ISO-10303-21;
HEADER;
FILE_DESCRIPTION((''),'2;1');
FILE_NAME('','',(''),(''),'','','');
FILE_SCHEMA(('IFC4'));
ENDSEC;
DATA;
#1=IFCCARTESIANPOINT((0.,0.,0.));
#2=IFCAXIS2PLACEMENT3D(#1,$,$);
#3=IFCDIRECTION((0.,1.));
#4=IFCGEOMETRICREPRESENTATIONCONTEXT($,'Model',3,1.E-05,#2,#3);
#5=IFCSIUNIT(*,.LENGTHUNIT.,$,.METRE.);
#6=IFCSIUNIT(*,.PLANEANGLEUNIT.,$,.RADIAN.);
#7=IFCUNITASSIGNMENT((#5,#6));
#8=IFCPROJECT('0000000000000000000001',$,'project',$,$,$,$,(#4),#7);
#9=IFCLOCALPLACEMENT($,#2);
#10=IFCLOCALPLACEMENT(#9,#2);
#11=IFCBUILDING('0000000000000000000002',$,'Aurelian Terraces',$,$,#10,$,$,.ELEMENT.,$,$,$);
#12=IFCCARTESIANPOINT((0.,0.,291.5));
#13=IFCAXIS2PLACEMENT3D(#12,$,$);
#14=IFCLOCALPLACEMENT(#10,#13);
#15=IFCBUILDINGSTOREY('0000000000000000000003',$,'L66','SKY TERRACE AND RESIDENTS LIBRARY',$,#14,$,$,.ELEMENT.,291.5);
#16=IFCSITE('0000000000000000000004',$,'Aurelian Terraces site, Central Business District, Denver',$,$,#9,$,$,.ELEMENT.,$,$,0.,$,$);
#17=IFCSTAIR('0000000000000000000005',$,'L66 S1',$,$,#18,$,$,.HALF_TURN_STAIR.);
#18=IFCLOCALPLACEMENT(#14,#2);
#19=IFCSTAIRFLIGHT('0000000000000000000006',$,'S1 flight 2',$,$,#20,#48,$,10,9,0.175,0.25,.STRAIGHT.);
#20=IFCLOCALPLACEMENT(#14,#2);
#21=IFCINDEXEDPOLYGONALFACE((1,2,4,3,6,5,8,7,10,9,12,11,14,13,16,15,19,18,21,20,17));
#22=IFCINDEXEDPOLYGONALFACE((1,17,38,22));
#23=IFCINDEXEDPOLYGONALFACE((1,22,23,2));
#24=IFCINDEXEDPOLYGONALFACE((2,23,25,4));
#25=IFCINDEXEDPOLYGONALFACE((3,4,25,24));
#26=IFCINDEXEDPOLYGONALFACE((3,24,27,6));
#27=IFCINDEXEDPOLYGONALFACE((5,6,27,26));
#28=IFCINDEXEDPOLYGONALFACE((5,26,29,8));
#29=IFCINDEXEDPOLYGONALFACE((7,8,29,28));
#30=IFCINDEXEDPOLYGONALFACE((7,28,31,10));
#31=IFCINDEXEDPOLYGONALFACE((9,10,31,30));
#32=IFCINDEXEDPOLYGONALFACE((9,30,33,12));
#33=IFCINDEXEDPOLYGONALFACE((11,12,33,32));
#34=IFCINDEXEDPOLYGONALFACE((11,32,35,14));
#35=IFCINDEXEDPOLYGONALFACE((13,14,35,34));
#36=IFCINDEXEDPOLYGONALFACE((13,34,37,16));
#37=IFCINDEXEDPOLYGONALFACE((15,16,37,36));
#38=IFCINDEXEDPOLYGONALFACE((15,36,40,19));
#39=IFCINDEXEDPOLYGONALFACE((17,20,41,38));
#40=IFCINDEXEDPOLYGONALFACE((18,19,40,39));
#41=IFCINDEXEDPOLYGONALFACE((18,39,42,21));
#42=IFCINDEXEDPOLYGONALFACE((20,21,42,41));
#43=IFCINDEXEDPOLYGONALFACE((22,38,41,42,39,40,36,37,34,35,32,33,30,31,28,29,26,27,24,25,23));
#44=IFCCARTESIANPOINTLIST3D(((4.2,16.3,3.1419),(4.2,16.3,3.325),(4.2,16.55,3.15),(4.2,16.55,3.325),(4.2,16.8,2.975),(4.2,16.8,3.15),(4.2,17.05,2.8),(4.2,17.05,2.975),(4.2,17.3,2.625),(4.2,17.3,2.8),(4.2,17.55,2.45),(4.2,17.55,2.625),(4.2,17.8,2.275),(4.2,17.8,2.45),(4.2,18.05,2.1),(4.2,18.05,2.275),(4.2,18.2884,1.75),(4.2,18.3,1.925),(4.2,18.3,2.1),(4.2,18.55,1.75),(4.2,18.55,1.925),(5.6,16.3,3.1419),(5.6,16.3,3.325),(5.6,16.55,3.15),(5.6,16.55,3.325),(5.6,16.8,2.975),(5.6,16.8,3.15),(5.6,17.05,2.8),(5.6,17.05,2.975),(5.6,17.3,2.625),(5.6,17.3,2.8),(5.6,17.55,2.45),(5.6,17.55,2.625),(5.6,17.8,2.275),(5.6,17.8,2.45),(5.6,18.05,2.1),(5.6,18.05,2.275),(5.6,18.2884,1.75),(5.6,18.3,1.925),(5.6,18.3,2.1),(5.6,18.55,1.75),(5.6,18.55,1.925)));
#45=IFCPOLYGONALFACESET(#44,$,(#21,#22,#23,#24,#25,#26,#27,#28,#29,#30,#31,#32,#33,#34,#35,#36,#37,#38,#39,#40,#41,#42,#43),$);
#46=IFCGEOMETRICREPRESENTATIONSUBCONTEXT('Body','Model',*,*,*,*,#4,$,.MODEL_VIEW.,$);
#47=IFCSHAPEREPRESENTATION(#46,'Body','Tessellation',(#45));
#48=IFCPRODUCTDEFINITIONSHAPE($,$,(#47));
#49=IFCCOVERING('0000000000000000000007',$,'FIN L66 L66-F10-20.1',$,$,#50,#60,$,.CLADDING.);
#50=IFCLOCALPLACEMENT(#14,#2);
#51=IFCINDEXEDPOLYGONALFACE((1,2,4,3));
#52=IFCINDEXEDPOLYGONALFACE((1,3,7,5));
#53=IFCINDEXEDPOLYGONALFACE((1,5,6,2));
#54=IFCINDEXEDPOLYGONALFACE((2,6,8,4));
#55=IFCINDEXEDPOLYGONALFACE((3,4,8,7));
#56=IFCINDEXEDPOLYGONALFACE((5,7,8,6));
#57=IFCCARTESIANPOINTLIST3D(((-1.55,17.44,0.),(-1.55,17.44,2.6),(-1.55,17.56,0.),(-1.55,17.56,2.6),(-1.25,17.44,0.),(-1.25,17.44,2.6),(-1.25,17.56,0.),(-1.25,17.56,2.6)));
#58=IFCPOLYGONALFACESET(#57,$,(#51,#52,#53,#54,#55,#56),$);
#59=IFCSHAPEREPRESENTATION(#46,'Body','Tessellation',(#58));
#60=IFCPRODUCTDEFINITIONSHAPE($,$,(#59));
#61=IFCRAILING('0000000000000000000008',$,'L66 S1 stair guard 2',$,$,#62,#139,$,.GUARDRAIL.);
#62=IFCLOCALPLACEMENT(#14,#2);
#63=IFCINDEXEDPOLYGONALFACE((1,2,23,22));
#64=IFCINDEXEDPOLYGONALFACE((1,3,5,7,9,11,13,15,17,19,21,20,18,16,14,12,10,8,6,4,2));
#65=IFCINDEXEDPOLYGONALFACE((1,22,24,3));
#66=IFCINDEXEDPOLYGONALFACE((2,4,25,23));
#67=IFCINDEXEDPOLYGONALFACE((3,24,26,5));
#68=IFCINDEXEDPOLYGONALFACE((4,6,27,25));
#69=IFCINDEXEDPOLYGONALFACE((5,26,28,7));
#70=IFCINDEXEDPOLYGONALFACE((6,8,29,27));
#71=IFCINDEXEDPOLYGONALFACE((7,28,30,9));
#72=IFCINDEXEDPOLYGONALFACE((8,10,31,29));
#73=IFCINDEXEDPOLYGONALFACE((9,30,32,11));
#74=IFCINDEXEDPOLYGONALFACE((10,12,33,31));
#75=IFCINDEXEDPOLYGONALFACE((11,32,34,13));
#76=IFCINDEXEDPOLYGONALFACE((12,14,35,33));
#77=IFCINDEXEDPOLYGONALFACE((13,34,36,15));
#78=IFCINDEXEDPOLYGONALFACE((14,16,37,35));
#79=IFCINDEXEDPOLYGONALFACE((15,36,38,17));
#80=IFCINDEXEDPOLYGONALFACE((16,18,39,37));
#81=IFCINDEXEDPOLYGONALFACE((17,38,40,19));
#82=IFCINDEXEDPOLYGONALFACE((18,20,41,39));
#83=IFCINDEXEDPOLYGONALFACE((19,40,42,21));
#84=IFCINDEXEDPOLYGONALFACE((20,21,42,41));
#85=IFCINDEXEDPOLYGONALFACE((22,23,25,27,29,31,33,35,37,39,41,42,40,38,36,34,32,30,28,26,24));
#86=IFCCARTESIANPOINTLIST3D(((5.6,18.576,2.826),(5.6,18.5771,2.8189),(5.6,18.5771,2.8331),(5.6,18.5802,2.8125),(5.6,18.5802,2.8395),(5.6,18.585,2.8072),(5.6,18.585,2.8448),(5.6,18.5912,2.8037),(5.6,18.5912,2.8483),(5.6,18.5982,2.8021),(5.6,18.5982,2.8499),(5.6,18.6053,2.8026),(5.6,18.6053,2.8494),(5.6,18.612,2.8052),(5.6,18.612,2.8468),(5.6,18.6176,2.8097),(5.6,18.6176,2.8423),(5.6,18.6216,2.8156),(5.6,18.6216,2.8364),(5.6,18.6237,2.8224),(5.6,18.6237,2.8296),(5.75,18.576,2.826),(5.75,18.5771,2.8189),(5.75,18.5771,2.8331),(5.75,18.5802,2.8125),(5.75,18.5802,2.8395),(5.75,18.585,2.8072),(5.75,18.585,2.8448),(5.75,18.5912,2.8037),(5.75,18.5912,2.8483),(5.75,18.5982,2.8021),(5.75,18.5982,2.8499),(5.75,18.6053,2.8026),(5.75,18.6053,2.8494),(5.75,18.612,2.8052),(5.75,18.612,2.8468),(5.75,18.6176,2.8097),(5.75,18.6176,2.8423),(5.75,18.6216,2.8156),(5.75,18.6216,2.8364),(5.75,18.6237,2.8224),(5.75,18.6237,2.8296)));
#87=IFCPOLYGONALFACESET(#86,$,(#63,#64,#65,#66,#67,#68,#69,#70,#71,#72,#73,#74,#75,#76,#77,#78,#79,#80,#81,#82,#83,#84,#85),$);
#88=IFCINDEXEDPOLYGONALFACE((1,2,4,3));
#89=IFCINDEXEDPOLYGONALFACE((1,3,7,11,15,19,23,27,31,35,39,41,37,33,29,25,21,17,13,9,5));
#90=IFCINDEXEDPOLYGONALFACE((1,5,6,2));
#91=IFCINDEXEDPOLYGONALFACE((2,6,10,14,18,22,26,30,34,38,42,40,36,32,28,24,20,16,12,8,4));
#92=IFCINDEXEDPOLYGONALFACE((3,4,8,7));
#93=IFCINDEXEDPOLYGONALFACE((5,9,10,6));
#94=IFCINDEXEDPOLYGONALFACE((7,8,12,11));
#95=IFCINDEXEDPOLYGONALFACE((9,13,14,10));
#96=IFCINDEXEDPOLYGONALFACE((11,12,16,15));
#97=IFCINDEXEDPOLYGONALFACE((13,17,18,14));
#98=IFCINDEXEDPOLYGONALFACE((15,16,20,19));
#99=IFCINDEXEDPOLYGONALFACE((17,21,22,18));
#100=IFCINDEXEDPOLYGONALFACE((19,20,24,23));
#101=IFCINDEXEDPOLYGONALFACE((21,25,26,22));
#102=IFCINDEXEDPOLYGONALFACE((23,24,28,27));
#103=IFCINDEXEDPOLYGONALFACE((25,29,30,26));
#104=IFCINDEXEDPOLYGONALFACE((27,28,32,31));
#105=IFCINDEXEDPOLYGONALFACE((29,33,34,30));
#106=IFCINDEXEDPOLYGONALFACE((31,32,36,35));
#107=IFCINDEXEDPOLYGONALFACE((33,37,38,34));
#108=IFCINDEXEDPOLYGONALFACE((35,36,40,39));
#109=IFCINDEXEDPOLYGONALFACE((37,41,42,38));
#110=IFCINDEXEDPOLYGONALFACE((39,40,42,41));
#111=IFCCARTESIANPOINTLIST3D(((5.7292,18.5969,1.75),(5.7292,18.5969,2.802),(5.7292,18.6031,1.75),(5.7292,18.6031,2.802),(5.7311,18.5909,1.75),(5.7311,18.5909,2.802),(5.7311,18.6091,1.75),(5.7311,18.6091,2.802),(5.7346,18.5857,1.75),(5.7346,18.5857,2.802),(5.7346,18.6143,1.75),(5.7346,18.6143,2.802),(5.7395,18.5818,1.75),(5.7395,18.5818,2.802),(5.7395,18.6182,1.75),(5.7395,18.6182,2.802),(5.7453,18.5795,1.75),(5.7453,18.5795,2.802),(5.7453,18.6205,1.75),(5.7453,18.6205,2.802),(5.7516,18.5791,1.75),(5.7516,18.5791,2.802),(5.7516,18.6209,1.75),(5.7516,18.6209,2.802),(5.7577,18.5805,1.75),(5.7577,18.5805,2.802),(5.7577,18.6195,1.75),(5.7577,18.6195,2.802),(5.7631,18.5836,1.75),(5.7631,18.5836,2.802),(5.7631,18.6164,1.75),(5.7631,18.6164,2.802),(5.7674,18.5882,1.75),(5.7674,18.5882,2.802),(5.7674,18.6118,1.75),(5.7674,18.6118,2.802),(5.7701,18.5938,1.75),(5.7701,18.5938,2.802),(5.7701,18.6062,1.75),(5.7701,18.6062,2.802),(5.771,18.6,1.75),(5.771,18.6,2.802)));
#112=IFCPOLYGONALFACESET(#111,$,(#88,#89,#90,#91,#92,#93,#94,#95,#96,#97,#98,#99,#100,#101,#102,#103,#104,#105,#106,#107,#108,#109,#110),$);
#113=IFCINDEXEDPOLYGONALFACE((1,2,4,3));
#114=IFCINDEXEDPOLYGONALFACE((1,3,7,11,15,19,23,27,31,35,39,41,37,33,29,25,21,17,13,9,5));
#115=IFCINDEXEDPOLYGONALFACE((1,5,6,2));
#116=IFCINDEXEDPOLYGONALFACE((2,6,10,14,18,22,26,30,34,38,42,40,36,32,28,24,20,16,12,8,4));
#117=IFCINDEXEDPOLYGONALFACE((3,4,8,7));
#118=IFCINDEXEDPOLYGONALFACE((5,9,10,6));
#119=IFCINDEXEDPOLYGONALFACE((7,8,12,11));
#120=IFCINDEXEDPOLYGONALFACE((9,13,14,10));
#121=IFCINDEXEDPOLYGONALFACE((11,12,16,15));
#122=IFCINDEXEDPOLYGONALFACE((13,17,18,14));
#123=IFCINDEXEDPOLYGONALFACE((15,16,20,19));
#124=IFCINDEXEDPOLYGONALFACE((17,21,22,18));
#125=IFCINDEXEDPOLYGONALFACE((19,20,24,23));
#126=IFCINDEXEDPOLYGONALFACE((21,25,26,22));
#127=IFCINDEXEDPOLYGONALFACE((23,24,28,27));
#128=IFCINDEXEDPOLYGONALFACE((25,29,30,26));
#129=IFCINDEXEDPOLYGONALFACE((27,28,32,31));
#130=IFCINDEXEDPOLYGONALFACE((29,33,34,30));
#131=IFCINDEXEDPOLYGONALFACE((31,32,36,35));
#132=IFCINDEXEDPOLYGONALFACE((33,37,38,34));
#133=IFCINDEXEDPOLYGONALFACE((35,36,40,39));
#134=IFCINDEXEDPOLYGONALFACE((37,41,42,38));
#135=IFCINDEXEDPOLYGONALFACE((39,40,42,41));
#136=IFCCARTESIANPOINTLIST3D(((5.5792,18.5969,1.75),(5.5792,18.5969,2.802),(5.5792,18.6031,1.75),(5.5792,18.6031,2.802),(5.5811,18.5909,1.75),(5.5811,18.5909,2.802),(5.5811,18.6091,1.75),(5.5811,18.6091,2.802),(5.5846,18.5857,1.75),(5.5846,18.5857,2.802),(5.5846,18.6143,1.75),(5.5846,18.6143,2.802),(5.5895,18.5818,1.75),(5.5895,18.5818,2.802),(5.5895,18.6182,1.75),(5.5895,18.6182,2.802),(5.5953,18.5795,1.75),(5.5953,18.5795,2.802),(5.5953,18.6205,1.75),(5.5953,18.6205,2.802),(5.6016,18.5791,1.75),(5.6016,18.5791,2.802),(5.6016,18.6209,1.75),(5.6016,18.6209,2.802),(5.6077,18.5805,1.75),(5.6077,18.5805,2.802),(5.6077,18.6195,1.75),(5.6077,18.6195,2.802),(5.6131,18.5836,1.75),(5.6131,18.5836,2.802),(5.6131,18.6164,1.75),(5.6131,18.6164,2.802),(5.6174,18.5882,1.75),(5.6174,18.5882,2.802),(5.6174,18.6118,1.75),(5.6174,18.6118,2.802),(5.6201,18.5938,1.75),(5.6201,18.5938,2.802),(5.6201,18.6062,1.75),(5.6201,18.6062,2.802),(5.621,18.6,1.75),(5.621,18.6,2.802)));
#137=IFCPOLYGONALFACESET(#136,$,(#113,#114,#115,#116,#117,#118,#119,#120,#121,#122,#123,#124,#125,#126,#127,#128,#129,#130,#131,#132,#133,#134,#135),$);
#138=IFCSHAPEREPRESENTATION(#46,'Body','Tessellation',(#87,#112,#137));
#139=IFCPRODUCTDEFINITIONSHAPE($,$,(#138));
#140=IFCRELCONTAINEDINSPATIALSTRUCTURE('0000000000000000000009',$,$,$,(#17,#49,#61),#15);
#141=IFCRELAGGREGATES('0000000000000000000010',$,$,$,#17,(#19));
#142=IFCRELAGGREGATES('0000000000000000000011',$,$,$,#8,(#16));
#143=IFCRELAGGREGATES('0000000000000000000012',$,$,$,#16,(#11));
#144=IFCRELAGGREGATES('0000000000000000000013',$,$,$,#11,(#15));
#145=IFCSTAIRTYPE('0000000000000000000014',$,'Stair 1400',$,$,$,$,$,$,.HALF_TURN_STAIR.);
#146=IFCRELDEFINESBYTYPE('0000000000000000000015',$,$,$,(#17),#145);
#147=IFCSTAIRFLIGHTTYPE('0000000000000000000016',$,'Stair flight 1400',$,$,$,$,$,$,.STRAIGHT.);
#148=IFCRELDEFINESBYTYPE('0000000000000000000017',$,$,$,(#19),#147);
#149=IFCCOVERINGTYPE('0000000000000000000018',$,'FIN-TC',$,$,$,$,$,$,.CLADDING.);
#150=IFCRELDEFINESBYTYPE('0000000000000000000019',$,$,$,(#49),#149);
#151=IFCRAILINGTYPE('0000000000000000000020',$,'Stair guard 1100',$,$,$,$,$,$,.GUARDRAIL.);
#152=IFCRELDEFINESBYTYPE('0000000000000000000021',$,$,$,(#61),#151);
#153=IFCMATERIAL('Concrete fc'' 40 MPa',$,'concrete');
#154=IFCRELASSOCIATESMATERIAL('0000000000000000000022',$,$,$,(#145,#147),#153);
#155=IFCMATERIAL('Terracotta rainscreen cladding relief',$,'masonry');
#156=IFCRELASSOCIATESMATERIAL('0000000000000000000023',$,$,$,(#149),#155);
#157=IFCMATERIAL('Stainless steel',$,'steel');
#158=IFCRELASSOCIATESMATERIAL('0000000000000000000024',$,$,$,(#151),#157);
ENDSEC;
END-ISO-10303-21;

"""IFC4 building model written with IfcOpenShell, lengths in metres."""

from ifc_helpers import new_model, si_unit, direction, frame, origin, origin_2d, place, context, subcontext, project, spatial, polyline, rectangle, circle, outline, extrude, source, transform, mapped, material, type_object, element, aggregate, save


model = new_model("IFC4")

# Units and contexts
model_context = context("Model", 3, precision=1e-05, world=origin(), true_north=direction((0.0, 1.0)))
body_context = subcontext(model_context, "Body", "Model", "MODEL_VIEW")
ifc_project = project(units=[si_unit("LENGTHUNIT", "METRE"), si_unit("PLANEANGLEUNIT", "RADIAN")], contexts=[model_context])

# Site, building, storey
site_placement = place(None, origin())
site = spatial("IfcSite", under=ifc_project, at=site_placement, Name="Aurelian Terraces site, Central Business District, Denver", CompositionType="ELEMENT", RefElevation=0.0)
building_placement = place(site_placement, origin())
building = spatial("IfcBuilding", under=site, at=building_placement, Name="Aurelian Terraces", CompositionType="ELEMENT")
storey_placement = place(building_placement, frame((0.0, 0.0, 291.5)))
storey = spatial("IfcBuildingStorey", under=building, at=storey_placement, Name="L66", Description="SKY TERRACE AND RESIDENTS LIBRARY", CompositionType="ELEMENT", Elevation=291.5)

# Stair, stair flight
ifc_material_1 = material(Name="Concrete fc' 40 MPa", Category="concrete")
stair_type = type_object("IfcStairType", Name="Stair 1400", PredefinedType="HALF_TURN_STAIR", material=ifc_material_1)
stair_placement = place(storey_placement, origin())
stair = element("IfcStair", 1, at=stair_placement, inside=storey, type_object=stair_type, Name="L66 S1", PredefinedType="HALF_TURN_STAIR")
stair_flight_type = type_object("IfcStairFlightType", Name="Stair flight 1400", PredefinedType="STRAIGHT", material=ifc_material_1)
shared_shape_1 = source(origin(), body_context, "Body", "SweptSolid", [
    extrude(outline(polyline([(0.0, 0.0), (0.0, 0.175), (0.25, 0.175), (0.25, 0.35), (0.5, 0.35), (0.5, 0.525), (0.75, 0.525), (0.75, 0.7), (1.0, 0.7), (1.0, 0.875), (1.25, 0.875), (1.25, 1.05), (1.5, 1.05), (1.5, 1.225), (1.75, 1.225), (1.75, 1.4), (2.0, 1.4), (2.0, 1.575), (2.25, 1.575), (2.25, 1.75), (2.25, 1.3919), (0.2616, 0.0), (0.0, 0.0)])), frame((0.0, 0.7, 0.0), z_axis=(0.0, -1.0, 0.0), x_axis=(1.0, 0.0, 0.0)), (0.0, 0.0, 1.0), 1.4),
])
stair_flight_placement = place(storey_placement, frame((4.9, 18.55, 1.75), z_axis=(0.0, 0.0, 1.0), x_axis=(0.0, -1.0, 0.0)))
stair_flight = element("IfcStairFlight", 2, at=stair_flight_placement, type_object=stair_flight_type, Name="S1 flight 2", NumberOfRisers=10, NumberOfTreads=9, PredefinedType="STRAIGHT", RiserHeight=0.175, TreadLength=0.25, context=body_context, shape_type="MappedRepresentation", body=[
    mapped(shared_shape_1, transform((0.0, 0.0, 0.0), scale=1.0)),
])
aggregate(stair, [stair_flight])

# Covering
ifc_material_2 = material(Name="Terracotta rainscreen cladding relief", Category="masonry")
covering_type = type_object("IfcCoveringType", Name="FIN-TC", PredefinedType="CLADDING", material=ifc_material_2)
shared_shape_2 = source(origin(), body_context, "Body", "SweptSolid", [
    extrude(rectangle(XDim=0.3, YDim=0.12, at=origin_2d()), origin(), (0.0, 0.0, 1.0), 2.6),
])
covering_placement = place(storey_placement, frame((-1.4, 17.5, 0.0), z_axis=(0.0, 0.0, 1.0), x_axis=(1.0, 0.0, 0.0)))
element("IfcCovering", 3, at=covering_placement, inside=storey, type_object=covering_type, Name="FIN L66 L66-F10-20.1", PredefinedType="CLADDING", context=body_context, shape_type="MappedRepresentation", body=[
    mapped(shared_shape_2, transform((0.0, 0.0, 0.0), scale=1.0)),
])

# Railing
ifc_material_3 = material(Name="Stainless steel", Category="steel")
railing_type_1 = type_object("IfcRailingType", Name="Stair guard 1100", PredefinedType="GUARDRAIL", material=ifc_material_3)
shared_shape_3 = source(origin(), body_context, "Body", "SweptSolid", [
    extrude(circle(Radius=0.024, at=origin_2d()), frame((0.0, 0.0, 1.076), z_axis=(-1.0, 0.0, 0.0), x_axis=(0.0, -1.0, 0.0)), (0.0, 0.0, 1.0), 0.15),
    extrude(circle(Radius=0.021, at=origin_2d()), origin(), (0.0, 0.0, 1.0), 1.052),
    extrude(circle(Radius=0.021, at=origin_2d()), frame((-0.15, 0.0, 0.0)), (0.0, 0.0, 1.0), 1.052),
])
for number, where, name in (
    (4, (5.75, 18.6, 1.75), "L66 S1 stair guard 2"),
):
    element("IfcRailing", number, at=place(storey_placement, frame(where)), inside=storey, type_object=railing_type_1, Name=name, PredefinedType="GUARDRAIL", context=body_context, shape_type="MappedRepresentation", body=[
        mapped(shared_shape_3, transform((0.0, 0.0, 0.0), scale=1.0)),
    ])

save(model, "model.ifc")
